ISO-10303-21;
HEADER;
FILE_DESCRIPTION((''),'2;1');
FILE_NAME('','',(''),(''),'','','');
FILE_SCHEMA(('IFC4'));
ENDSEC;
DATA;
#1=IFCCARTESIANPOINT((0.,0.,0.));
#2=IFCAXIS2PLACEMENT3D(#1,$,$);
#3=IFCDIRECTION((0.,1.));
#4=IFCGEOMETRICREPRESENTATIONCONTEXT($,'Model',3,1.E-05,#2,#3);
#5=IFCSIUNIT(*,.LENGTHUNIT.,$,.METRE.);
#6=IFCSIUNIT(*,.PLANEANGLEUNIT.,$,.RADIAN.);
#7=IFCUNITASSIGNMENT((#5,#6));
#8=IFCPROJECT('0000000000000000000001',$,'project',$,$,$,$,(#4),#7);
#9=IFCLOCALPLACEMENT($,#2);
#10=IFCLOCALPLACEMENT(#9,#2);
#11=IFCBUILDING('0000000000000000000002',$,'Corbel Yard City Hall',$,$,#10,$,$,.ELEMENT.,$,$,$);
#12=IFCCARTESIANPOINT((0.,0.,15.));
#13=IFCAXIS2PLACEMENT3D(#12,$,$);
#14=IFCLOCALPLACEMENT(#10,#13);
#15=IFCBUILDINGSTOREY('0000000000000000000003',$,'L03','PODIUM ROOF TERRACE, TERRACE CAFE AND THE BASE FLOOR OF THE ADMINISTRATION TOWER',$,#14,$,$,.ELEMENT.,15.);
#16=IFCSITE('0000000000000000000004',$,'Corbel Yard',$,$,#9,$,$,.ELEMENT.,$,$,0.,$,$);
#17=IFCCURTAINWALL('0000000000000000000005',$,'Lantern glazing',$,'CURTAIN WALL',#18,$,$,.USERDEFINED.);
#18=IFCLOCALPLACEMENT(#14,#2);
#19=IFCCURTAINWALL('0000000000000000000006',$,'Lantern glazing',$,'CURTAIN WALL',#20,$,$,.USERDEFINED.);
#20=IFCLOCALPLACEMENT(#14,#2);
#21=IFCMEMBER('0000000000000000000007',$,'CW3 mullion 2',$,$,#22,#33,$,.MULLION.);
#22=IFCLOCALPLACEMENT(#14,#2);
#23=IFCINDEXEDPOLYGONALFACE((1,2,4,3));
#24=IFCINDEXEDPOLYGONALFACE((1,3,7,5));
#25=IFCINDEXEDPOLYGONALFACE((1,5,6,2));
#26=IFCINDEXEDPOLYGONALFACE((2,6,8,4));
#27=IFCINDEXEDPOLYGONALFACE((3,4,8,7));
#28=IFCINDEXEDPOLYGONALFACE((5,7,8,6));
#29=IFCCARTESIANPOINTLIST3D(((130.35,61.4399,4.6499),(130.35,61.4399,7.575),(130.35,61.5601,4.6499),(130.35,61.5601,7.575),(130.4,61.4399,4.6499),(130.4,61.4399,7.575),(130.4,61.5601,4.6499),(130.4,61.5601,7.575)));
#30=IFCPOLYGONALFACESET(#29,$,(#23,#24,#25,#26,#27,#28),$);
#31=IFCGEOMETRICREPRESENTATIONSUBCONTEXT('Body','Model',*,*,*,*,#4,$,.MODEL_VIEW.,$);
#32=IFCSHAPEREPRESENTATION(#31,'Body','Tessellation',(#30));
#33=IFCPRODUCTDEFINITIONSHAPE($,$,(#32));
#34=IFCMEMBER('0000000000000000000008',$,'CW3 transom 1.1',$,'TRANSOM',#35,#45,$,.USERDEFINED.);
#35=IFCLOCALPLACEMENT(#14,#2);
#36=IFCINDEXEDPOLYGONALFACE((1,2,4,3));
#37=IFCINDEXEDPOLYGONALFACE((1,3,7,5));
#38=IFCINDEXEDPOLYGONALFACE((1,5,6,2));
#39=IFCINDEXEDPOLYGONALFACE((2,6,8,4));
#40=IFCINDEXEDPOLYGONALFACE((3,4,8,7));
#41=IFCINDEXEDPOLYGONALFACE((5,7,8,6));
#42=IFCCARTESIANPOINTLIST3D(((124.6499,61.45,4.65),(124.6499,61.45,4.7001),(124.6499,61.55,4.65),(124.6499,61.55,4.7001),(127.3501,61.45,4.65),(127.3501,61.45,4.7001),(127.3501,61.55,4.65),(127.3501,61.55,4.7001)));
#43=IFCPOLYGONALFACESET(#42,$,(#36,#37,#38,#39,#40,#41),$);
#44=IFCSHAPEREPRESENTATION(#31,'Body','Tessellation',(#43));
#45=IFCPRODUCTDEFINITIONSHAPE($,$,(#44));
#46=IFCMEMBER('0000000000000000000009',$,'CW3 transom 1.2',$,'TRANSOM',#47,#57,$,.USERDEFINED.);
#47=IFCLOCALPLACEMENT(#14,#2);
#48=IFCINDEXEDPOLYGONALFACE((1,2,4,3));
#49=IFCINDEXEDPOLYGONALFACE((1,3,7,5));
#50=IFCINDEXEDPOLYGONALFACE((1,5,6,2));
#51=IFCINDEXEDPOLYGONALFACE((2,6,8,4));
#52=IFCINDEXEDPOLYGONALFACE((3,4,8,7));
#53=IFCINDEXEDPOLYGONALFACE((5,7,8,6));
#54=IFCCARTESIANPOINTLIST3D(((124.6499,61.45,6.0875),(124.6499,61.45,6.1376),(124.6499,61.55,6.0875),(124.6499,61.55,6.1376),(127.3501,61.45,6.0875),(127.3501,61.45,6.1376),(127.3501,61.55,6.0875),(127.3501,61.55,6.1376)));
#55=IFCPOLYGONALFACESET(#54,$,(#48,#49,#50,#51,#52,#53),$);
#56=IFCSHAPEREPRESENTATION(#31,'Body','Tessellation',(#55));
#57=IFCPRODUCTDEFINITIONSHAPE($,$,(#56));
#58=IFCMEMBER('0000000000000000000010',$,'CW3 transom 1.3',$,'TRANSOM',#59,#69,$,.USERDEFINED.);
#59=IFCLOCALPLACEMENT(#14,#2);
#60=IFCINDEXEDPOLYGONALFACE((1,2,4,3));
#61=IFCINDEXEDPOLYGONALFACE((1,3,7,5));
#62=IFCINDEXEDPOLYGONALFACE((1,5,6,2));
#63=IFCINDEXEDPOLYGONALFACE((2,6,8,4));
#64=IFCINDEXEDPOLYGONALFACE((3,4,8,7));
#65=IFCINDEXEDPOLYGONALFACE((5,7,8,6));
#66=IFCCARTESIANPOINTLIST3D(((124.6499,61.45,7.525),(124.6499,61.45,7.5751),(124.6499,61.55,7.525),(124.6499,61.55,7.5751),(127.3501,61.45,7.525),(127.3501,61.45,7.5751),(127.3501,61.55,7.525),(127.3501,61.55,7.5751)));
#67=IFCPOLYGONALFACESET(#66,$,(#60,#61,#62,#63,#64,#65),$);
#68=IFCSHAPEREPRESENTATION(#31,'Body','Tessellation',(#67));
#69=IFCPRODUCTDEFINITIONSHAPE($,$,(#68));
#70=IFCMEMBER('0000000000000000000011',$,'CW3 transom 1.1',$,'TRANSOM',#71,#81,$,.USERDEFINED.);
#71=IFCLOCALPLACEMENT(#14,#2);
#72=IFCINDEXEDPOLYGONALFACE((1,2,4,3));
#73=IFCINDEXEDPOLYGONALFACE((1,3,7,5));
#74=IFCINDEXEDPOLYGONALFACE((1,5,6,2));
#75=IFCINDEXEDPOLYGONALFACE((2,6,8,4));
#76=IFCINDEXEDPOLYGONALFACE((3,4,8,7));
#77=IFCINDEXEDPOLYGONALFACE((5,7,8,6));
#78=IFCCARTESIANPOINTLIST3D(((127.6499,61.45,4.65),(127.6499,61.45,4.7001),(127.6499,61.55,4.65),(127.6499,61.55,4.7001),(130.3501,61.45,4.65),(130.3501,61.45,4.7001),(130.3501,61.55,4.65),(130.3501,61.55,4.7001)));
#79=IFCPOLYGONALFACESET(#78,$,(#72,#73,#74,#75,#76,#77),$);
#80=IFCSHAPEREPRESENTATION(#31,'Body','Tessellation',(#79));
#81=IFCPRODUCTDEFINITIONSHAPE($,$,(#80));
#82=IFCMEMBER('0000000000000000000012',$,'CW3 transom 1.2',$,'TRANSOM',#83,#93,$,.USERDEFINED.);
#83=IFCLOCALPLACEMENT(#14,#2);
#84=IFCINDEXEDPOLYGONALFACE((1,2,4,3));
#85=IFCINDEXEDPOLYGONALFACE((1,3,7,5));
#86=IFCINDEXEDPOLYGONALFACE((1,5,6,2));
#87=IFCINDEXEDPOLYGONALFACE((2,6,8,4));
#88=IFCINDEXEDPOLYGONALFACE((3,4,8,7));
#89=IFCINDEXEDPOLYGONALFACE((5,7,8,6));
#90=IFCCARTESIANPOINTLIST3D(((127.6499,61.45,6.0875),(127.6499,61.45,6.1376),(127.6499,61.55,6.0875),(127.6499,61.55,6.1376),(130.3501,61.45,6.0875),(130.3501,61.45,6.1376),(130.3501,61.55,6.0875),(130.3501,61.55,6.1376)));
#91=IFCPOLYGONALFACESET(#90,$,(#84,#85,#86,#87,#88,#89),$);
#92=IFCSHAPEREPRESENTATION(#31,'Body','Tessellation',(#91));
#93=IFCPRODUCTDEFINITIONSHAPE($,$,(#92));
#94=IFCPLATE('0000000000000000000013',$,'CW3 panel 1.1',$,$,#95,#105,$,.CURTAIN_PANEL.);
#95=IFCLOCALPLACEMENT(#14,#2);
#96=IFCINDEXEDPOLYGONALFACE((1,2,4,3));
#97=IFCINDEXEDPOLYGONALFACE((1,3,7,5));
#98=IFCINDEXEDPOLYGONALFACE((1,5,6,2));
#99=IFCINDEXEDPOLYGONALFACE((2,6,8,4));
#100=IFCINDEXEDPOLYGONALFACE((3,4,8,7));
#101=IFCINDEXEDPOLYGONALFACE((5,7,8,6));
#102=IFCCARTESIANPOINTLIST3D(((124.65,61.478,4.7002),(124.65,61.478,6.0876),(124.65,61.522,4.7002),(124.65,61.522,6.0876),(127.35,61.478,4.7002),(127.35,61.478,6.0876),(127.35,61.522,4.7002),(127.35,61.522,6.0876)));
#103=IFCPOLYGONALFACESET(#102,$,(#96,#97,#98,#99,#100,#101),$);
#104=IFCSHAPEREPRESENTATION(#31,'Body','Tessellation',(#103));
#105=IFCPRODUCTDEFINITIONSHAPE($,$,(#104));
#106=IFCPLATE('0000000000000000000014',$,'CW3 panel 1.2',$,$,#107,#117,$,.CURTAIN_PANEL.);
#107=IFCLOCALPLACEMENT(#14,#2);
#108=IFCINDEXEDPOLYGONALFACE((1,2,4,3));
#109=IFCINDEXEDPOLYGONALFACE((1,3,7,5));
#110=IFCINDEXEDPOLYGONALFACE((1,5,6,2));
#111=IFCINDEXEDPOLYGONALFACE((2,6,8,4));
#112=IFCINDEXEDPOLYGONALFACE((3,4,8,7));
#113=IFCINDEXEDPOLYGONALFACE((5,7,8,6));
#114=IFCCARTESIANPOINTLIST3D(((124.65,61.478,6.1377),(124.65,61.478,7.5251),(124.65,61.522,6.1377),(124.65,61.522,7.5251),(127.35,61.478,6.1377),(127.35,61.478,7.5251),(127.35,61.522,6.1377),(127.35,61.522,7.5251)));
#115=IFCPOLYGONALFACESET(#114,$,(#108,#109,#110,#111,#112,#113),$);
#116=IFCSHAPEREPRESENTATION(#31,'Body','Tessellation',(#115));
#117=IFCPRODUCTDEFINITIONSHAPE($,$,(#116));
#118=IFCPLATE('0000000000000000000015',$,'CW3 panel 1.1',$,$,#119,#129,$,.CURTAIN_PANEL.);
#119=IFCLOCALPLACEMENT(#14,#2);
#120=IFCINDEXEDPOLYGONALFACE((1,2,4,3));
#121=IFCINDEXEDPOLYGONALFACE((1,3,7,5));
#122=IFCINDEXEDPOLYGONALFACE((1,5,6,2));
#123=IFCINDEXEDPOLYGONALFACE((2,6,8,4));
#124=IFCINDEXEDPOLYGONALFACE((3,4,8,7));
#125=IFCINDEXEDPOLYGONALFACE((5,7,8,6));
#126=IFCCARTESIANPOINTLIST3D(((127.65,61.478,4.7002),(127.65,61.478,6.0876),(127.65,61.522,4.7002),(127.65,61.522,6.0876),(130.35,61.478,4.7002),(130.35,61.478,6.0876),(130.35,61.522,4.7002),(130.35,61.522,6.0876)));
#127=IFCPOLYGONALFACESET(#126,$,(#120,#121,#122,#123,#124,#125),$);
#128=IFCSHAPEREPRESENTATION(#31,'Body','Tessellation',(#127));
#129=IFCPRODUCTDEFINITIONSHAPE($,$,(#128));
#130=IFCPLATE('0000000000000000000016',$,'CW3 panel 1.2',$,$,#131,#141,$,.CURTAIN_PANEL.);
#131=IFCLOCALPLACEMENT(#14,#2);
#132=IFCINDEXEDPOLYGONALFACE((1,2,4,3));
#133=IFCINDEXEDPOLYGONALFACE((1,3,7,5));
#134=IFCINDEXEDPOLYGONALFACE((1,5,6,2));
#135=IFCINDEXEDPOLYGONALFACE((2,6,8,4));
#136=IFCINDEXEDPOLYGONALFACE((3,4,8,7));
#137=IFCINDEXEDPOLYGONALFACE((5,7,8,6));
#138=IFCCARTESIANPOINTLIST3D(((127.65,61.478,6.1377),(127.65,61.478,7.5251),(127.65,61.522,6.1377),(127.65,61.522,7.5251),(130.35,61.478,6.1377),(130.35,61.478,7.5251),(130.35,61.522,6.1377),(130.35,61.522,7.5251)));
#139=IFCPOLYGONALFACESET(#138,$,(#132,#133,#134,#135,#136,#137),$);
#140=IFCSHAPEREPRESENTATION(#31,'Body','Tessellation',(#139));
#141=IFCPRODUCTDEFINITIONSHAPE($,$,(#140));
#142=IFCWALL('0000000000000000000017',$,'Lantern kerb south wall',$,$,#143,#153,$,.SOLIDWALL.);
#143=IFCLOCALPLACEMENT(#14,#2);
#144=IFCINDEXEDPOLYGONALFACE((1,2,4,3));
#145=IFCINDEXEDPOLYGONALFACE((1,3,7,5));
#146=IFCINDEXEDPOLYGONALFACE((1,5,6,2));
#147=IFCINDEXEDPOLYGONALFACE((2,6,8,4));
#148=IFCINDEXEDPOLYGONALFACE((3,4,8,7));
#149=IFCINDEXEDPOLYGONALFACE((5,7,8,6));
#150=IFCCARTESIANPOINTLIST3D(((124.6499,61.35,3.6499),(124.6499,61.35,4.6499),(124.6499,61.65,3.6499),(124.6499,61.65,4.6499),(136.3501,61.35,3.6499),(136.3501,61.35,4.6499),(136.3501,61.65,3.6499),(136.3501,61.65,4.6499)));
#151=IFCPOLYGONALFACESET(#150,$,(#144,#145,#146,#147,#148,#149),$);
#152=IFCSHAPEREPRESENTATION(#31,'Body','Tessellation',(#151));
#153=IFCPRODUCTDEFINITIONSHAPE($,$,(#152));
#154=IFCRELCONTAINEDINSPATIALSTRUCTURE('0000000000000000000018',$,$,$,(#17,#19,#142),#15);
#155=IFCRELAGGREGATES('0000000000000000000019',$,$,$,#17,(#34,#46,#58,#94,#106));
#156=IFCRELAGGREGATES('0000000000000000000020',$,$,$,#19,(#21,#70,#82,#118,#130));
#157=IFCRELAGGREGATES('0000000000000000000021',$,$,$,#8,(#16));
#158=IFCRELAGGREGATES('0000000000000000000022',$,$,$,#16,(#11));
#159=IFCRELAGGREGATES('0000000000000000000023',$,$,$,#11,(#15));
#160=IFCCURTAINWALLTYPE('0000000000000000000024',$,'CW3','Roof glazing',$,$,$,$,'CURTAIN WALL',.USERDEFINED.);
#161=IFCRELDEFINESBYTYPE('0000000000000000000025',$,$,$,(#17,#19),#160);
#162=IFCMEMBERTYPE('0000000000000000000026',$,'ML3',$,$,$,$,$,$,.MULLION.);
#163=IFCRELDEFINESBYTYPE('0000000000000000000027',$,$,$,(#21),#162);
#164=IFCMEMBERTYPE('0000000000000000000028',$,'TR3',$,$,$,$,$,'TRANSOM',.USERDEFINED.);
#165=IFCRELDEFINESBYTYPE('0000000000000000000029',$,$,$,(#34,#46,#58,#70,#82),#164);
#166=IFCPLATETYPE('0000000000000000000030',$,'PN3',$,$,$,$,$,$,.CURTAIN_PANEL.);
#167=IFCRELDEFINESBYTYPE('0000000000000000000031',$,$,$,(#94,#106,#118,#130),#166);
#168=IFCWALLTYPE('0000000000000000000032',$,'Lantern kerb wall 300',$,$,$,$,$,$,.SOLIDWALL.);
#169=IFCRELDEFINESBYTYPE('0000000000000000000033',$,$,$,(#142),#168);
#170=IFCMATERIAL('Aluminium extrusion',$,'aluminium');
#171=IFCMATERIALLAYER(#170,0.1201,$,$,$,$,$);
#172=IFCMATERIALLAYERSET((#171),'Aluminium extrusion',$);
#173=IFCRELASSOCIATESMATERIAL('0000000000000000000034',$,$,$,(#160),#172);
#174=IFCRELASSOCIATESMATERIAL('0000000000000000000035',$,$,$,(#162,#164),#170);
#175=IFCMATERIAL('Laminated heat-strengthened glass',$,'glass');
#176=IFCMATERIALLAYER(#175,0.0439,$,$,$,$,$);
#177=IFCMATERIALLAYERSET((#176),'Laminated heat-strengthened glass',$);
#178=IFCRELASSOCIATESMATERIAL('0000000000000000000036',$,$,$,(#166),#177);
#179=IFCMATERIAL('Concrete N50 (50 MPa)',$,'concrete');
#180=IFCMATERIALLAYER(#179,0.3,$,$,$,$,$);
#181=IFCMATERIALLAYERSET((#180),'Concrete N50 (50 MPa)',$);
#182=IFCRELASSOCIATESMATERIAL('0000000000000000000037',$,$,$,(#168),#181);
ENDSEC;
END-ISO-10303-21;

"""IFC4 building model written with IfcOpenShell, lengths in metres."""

from ifc_helpers import new_model, si_unit, direction, frame, frame_2d, origin, origin_2d, place, context, subcontext, project, spatial, rectangle, extrude, material, layer, layer_set, material_profile, profile_set, type_object, element, aggregate, save


model = new_model("IFC4")

# Units and contexts
model_context = context("Model", 3, precision=1e-05, world=origin(), true_north=direction((0.0, 1.0)))
body_context = subcontext(model_context, "Body", "Model", "MODEL_VIEW")
ifc_project = project(units=[si_unit("LENGTHUNIT", "METRE"), si_unit("PLANEANGLEUNIT", "RADIAN")], contexts=[model_context])

# Site, building, storey
site_placement = place(None, origin())
site = spatial("IfcSite", under=ifc_project, at=site_placement, Name="Corbel Yard", CompositionType="ELEMENT", RefElevation=0.0)
building_placement = place(site_placement, origin())
building = spatial("IfcBuilding", under=site, at=building_placement, Name="Corbel Yard City Hall", CompositionType="ELEMENT")
storey_placement = place(building_placement, frame((0.0, 0.0, 15.0)))
storey = spatial("IfcBuildingStorey", under=building, at=storey_placement, Name="L03", Description="PODIUM ROOF TERRACE, TERRACE CAFE AND THE BASE FLOOR OF THE ADMINISTRATION TOWER", CompositionType="ELEMENT", Elevation=15.0)

# Shared definitions
ifc_material_1 = material(Name="Concrete N50 (50 MPa)", Category="concrete")

# Curtain wall
ifc_material_2 = material(Name="Aluminium extrusion", Category="aluminium")
ifc_layer_1 = layer(ifc_material_2, 0.1201)
ifc_layer_set_1 = layer_set([ifc_layer_1], Name="Aluminium extrusion")
curtain_wall_type = type_object("IfcCurtainWallType", Name="CW3", Description="Roof glazing", ElementType="CURTAIN WALL", PredefinedType="USERDEFINED", material=ifc_layer_set_1)
curtain_wall_1_placement = place(storey_placement, origin())
curtain_wall_1 = element("IfcCurtainWall", 1, at=curtain_wall_1_placement, inside=storey, type_object=curtain_wall_type, Name="Lantern glazing", ObjectType="CURTAIN WALL", PredefinedType="USERDEFINED")
ifc_material_profile_1 = material_profile(ifc_material_2, rectangle(XDim=0.1201, YDim=0.05, at=origin_2d()), Name="120x50")
ifc_profile_set_1 = profile_set([ifc_material_profile_1], Name="Aluminium extrusion")
member_type_1 = type_object("IfcMemberType", Name="ML3", PredefinedType="MULLION", material=ifc_profile_set_1)

# Curtain wall, member
curtain_wall_2_placement = place(storey_placement, origin())
curtain_wall_2 = element("IfcCurtainWall", 2, at=curtain_wall_2_placement, inside=storey, type_object=curtain_wall_type, Name="Lantern glazing", ObjectType="CURTAIN WALL", PredefinedType="USERDEFINED")
member_1_placement = place(storey_placement, frame((130.375, 61.5, 4.6499), z_axis=(0.0, 0.0, 1.0), x_axis=(0.0, 1.0, 0.0)))
member_1 = element("IfcMember", 3, at=member_1_placement, type_object=member_type_1, Name="CW3 mullion 2", PredefinedType="MULLION", context=body_context, shape_type="SweptSolid", body=[
    extrude(rectangle(XDim=0.1201, YDim=0.05, at=origin_2d()), origin(), (0.0, 0.0, 1.0), 2.925),
])

# Members
ifc_material_profile_2 = material_profile(ifc_material_2, rectangle(XDim=0.1001, YDim=0.05, at=origin_2d()), Name="100x50")
ifc_profile_set_2 = profile_set([ifc_material_profile_2], Name="Aluminium extrusion")
member_type_2 = type_object("IfcMemberType", Name="TR3", ElementType="TRANSOM", PredefinedType="USERDEFINED", material=ifc_profile_set_2)
member_2_placement = place(storey_placement, frame((124.6499, 61.5, 4.675), z_axis=(1.0, 0.0, 0.0), x_axis=(0.0, 1.0, 0.0)))
member_2 = element("IfcMember", 4, at=member_2_placement, type_object=member_type_2, Name="CW3 transom 1.1", ObjectType="TRANSOM", PredefinedType="USERDEFINED", context=body_context, shape_type="SweptSolid", body=[
    extrude(rectangle(XDim=0.1001, YDim=0.05, at=origin_2d()), origin(), (0.0, 0.0, 1.0), 2.7002),
])
member_3_placement = place(storey_placement, frame((124.6499, 61.5, 6.1125), z_axis=(1.0, 0.0, 0.0), x_axis=(0.0, 1.0, 0.0)))
member_3 = element("IfcMember", 5, at=member_3_placement, type_object=member_type_2, Name="CW3 transom 1.2", ObjectType="TRANSOM", PredefinedType="USERDEFINED", context=body_context, shape_type="SweptSolid", body=[
    extrude(rectangle(XDim=0.1001, YDim=0.05, at=origin_2d()), origin(), (0.0, 0.0, 1.0), 2.7002),
])
member_4_placement = place(storey_placement, frame((124.6499, 61.5, 7.55), z_axis=(1.0, 0.0, 0.0), x_axis=(0.0, 1.0, 0.0)))
member_4 = element("IfcMember", 6, at=member_4_placement, type_object=member_type_2, Name="CW3 transom 1.3", ObjectType="TRANSOM", PredefinedType="USERDEFINED", context=body_context, shape_type="SweptSolid", body=[
    extrude(rectangle(XDim=0.1001, YDim=0.05, at=origin_2d()), origin(), (0.0, 0.0, 1.0), 2.7002),
])
member_5_placement = place(storey_placement, frame((127.6499, 61.5, 4.675), z_axis=(1.0, 0.0, 0.0), x_axis=(0.0, 1.0, 0.0)))
member_5 = element("IfcMember", 7, at=member_5_placement, type_object=member_type_2, Name="CW3 transom 1.1", ObjectType="TRANSOM", PredefinedType="USERDEFINED", context=body_context, shape_type="SweptSolid", body=[
    extrude(rectangle(XDim=0.1001, YDim=0.05, at=origin_2d()), origin(), (0.0, 0.0, 1.0), 2.7002),
])
member_6_placement = place(storey_placement, frame((127.6499, 61.5, 6.1125), z_axis=(1.0, 0.0, 0.0), x_axis=(0.0, 1.0, 0.0)))
member_6 = element("IfcMember", 8, at=member_6_placement, type_object=member_type_2, Name="CW3 transom 1.2", ObjectType="TRANSOM", PredefinedType="USERDEFINED", context=body_context, shape_type="SweptSolid", body=[
    extrude(rectangle(XDim=0.1001, YDim=0.05, at=origin_2d()), origin(), (0.0, 0.0, 1.0), 2.7002),
])

# Plates
ifc_material_3 = material(Name="Laminated heat-strengthened glass", Category="glass")
ifc_layer_2 = layer(ifc_material_3, 0.0439)
ifc_layer_set_2 = layer_set([ifc_layer_2], Name="Laminated heat-strengthened glass")
plate_type = type_object("IfcPlateType", Name="PN3", PredefinedType="CURTAIN_PANEL", material=ifc_layer_set_2)
plate_1_placement = place(storey_placement, frame((126.0, 61.5, 4.7002), z_axis=(0.0, 0.0, 1.0), x_axis=(1.0, 0.0, 0.0)))
plate_1 = element("IfcPlate", 9, at=plate_1_placement, type_object=plate_type, Name="CW3 panel 1.1", PredefinedType="CURTAIN_PANEL", context=body_context, shape_type="SweptSolid", body=[
    extrude(rectangle(XDim=2.7, YDim=0.0439, at=origin_2d()), origin(), (0.0, 0.0, 1.0), 1.3875),
])
plate_2_placement = place(storey_placement, frame((126.0, 61.5, 6.1377), z_axis=(0.0, 0.0, 1.0), x_axis=(1.0, 0.0, 0.0)))
plate_2 = element("IfcPlate", 10, at=plate_2_placement, type_object=plate_type, Name="CW3 panel 1.2", PredefinedType="CURTAIN_PANEL", context=body_context, shape_type="SweptSolid", body=[
    extrude(rectangle(XDim=2.7, YDim=0.0439, at=origin_2d()), origin(), (0.0, 0.0, 1.0), 1.3875),
])
aggregate(curtain_wall_1, [member_2, member_3, member_4, plate_1, plate_2])
plate_3_placement = place(storey_placement, frame((129.0, 61.5, 4.7002), z_axis=(0.0, 0.0, 1.0), x_axis=(1.0, 0.0, 0.0)))
plate_3 = element("IfcPlate", 11, at=plate_3_placement, type_object=plate_type, Name="CW3 panel 1.1", PredefinedType="CURTAIN_PANEL", context=body_context, shape_type="SweptSolid", body=[
    extrude(rectangle(XDim=2.7, YDim=0.0439, at=origin_2d()), origin(), (0.0, 0.0, 1.0), 1.3875),
])
plate_4_placement = place(storey_placement, frame((129.0, 61.5, 6.1377), z_axis=(0.0, 0.0, 1.0), x_axis=(1.0, 0.0, 0.0)))
plate_4 = element("IfcPlate", 12, at=plate_4_placement, type_object=plate_type, Name="CW3 panel 1.2", PredefinedType="CURTAIN_PANEL", context=body_context, shape_type="SweptSolid", body=[
    extrude(rectangle(XDim=2.7, YDim=0.0439, at=origin_2d()), origin(), (0.0, 0.0, 1.0), 1.3875),
])
aggregate(curtain_wall_2, [member_1, member_5, member_6, plate_3, plate_4])

# Wall
ifc_layer_3 = layer(ifc_material_1, 0.3)
ifc_layer_set_3 = layer_set([ifc_layer_3], Name="Concrete N50 (50 MPa)")
wall_type = type_object("IfcWallType", Name="Lantern kerb wall 300", PredefinedType="SOLIDWALL", material=ifc_layer_set_3)
wall_placement = place(storey_placement, frame((124.6499, 61.5, 3.6499), z_axis=(0.0, 0.0, 1.0), x_axis=(1.0, 0.0, 0.0)))
element("IfcWall", 13, at=wall_placement, inside=storey, type_object=wall_type, Name="Lantern kerb south wall", PredefinedType="SOLIDWALL", context=body_context, shape_type="SweptSolid", body=[
    extrude(rectangle(XDim=11.7002, YDim=0.3, at=frame_2d((5.8501, 0.0))), origin(), (0.0, 0.0, 1.0), 1.0),
])

save(model, "model.ifc")
